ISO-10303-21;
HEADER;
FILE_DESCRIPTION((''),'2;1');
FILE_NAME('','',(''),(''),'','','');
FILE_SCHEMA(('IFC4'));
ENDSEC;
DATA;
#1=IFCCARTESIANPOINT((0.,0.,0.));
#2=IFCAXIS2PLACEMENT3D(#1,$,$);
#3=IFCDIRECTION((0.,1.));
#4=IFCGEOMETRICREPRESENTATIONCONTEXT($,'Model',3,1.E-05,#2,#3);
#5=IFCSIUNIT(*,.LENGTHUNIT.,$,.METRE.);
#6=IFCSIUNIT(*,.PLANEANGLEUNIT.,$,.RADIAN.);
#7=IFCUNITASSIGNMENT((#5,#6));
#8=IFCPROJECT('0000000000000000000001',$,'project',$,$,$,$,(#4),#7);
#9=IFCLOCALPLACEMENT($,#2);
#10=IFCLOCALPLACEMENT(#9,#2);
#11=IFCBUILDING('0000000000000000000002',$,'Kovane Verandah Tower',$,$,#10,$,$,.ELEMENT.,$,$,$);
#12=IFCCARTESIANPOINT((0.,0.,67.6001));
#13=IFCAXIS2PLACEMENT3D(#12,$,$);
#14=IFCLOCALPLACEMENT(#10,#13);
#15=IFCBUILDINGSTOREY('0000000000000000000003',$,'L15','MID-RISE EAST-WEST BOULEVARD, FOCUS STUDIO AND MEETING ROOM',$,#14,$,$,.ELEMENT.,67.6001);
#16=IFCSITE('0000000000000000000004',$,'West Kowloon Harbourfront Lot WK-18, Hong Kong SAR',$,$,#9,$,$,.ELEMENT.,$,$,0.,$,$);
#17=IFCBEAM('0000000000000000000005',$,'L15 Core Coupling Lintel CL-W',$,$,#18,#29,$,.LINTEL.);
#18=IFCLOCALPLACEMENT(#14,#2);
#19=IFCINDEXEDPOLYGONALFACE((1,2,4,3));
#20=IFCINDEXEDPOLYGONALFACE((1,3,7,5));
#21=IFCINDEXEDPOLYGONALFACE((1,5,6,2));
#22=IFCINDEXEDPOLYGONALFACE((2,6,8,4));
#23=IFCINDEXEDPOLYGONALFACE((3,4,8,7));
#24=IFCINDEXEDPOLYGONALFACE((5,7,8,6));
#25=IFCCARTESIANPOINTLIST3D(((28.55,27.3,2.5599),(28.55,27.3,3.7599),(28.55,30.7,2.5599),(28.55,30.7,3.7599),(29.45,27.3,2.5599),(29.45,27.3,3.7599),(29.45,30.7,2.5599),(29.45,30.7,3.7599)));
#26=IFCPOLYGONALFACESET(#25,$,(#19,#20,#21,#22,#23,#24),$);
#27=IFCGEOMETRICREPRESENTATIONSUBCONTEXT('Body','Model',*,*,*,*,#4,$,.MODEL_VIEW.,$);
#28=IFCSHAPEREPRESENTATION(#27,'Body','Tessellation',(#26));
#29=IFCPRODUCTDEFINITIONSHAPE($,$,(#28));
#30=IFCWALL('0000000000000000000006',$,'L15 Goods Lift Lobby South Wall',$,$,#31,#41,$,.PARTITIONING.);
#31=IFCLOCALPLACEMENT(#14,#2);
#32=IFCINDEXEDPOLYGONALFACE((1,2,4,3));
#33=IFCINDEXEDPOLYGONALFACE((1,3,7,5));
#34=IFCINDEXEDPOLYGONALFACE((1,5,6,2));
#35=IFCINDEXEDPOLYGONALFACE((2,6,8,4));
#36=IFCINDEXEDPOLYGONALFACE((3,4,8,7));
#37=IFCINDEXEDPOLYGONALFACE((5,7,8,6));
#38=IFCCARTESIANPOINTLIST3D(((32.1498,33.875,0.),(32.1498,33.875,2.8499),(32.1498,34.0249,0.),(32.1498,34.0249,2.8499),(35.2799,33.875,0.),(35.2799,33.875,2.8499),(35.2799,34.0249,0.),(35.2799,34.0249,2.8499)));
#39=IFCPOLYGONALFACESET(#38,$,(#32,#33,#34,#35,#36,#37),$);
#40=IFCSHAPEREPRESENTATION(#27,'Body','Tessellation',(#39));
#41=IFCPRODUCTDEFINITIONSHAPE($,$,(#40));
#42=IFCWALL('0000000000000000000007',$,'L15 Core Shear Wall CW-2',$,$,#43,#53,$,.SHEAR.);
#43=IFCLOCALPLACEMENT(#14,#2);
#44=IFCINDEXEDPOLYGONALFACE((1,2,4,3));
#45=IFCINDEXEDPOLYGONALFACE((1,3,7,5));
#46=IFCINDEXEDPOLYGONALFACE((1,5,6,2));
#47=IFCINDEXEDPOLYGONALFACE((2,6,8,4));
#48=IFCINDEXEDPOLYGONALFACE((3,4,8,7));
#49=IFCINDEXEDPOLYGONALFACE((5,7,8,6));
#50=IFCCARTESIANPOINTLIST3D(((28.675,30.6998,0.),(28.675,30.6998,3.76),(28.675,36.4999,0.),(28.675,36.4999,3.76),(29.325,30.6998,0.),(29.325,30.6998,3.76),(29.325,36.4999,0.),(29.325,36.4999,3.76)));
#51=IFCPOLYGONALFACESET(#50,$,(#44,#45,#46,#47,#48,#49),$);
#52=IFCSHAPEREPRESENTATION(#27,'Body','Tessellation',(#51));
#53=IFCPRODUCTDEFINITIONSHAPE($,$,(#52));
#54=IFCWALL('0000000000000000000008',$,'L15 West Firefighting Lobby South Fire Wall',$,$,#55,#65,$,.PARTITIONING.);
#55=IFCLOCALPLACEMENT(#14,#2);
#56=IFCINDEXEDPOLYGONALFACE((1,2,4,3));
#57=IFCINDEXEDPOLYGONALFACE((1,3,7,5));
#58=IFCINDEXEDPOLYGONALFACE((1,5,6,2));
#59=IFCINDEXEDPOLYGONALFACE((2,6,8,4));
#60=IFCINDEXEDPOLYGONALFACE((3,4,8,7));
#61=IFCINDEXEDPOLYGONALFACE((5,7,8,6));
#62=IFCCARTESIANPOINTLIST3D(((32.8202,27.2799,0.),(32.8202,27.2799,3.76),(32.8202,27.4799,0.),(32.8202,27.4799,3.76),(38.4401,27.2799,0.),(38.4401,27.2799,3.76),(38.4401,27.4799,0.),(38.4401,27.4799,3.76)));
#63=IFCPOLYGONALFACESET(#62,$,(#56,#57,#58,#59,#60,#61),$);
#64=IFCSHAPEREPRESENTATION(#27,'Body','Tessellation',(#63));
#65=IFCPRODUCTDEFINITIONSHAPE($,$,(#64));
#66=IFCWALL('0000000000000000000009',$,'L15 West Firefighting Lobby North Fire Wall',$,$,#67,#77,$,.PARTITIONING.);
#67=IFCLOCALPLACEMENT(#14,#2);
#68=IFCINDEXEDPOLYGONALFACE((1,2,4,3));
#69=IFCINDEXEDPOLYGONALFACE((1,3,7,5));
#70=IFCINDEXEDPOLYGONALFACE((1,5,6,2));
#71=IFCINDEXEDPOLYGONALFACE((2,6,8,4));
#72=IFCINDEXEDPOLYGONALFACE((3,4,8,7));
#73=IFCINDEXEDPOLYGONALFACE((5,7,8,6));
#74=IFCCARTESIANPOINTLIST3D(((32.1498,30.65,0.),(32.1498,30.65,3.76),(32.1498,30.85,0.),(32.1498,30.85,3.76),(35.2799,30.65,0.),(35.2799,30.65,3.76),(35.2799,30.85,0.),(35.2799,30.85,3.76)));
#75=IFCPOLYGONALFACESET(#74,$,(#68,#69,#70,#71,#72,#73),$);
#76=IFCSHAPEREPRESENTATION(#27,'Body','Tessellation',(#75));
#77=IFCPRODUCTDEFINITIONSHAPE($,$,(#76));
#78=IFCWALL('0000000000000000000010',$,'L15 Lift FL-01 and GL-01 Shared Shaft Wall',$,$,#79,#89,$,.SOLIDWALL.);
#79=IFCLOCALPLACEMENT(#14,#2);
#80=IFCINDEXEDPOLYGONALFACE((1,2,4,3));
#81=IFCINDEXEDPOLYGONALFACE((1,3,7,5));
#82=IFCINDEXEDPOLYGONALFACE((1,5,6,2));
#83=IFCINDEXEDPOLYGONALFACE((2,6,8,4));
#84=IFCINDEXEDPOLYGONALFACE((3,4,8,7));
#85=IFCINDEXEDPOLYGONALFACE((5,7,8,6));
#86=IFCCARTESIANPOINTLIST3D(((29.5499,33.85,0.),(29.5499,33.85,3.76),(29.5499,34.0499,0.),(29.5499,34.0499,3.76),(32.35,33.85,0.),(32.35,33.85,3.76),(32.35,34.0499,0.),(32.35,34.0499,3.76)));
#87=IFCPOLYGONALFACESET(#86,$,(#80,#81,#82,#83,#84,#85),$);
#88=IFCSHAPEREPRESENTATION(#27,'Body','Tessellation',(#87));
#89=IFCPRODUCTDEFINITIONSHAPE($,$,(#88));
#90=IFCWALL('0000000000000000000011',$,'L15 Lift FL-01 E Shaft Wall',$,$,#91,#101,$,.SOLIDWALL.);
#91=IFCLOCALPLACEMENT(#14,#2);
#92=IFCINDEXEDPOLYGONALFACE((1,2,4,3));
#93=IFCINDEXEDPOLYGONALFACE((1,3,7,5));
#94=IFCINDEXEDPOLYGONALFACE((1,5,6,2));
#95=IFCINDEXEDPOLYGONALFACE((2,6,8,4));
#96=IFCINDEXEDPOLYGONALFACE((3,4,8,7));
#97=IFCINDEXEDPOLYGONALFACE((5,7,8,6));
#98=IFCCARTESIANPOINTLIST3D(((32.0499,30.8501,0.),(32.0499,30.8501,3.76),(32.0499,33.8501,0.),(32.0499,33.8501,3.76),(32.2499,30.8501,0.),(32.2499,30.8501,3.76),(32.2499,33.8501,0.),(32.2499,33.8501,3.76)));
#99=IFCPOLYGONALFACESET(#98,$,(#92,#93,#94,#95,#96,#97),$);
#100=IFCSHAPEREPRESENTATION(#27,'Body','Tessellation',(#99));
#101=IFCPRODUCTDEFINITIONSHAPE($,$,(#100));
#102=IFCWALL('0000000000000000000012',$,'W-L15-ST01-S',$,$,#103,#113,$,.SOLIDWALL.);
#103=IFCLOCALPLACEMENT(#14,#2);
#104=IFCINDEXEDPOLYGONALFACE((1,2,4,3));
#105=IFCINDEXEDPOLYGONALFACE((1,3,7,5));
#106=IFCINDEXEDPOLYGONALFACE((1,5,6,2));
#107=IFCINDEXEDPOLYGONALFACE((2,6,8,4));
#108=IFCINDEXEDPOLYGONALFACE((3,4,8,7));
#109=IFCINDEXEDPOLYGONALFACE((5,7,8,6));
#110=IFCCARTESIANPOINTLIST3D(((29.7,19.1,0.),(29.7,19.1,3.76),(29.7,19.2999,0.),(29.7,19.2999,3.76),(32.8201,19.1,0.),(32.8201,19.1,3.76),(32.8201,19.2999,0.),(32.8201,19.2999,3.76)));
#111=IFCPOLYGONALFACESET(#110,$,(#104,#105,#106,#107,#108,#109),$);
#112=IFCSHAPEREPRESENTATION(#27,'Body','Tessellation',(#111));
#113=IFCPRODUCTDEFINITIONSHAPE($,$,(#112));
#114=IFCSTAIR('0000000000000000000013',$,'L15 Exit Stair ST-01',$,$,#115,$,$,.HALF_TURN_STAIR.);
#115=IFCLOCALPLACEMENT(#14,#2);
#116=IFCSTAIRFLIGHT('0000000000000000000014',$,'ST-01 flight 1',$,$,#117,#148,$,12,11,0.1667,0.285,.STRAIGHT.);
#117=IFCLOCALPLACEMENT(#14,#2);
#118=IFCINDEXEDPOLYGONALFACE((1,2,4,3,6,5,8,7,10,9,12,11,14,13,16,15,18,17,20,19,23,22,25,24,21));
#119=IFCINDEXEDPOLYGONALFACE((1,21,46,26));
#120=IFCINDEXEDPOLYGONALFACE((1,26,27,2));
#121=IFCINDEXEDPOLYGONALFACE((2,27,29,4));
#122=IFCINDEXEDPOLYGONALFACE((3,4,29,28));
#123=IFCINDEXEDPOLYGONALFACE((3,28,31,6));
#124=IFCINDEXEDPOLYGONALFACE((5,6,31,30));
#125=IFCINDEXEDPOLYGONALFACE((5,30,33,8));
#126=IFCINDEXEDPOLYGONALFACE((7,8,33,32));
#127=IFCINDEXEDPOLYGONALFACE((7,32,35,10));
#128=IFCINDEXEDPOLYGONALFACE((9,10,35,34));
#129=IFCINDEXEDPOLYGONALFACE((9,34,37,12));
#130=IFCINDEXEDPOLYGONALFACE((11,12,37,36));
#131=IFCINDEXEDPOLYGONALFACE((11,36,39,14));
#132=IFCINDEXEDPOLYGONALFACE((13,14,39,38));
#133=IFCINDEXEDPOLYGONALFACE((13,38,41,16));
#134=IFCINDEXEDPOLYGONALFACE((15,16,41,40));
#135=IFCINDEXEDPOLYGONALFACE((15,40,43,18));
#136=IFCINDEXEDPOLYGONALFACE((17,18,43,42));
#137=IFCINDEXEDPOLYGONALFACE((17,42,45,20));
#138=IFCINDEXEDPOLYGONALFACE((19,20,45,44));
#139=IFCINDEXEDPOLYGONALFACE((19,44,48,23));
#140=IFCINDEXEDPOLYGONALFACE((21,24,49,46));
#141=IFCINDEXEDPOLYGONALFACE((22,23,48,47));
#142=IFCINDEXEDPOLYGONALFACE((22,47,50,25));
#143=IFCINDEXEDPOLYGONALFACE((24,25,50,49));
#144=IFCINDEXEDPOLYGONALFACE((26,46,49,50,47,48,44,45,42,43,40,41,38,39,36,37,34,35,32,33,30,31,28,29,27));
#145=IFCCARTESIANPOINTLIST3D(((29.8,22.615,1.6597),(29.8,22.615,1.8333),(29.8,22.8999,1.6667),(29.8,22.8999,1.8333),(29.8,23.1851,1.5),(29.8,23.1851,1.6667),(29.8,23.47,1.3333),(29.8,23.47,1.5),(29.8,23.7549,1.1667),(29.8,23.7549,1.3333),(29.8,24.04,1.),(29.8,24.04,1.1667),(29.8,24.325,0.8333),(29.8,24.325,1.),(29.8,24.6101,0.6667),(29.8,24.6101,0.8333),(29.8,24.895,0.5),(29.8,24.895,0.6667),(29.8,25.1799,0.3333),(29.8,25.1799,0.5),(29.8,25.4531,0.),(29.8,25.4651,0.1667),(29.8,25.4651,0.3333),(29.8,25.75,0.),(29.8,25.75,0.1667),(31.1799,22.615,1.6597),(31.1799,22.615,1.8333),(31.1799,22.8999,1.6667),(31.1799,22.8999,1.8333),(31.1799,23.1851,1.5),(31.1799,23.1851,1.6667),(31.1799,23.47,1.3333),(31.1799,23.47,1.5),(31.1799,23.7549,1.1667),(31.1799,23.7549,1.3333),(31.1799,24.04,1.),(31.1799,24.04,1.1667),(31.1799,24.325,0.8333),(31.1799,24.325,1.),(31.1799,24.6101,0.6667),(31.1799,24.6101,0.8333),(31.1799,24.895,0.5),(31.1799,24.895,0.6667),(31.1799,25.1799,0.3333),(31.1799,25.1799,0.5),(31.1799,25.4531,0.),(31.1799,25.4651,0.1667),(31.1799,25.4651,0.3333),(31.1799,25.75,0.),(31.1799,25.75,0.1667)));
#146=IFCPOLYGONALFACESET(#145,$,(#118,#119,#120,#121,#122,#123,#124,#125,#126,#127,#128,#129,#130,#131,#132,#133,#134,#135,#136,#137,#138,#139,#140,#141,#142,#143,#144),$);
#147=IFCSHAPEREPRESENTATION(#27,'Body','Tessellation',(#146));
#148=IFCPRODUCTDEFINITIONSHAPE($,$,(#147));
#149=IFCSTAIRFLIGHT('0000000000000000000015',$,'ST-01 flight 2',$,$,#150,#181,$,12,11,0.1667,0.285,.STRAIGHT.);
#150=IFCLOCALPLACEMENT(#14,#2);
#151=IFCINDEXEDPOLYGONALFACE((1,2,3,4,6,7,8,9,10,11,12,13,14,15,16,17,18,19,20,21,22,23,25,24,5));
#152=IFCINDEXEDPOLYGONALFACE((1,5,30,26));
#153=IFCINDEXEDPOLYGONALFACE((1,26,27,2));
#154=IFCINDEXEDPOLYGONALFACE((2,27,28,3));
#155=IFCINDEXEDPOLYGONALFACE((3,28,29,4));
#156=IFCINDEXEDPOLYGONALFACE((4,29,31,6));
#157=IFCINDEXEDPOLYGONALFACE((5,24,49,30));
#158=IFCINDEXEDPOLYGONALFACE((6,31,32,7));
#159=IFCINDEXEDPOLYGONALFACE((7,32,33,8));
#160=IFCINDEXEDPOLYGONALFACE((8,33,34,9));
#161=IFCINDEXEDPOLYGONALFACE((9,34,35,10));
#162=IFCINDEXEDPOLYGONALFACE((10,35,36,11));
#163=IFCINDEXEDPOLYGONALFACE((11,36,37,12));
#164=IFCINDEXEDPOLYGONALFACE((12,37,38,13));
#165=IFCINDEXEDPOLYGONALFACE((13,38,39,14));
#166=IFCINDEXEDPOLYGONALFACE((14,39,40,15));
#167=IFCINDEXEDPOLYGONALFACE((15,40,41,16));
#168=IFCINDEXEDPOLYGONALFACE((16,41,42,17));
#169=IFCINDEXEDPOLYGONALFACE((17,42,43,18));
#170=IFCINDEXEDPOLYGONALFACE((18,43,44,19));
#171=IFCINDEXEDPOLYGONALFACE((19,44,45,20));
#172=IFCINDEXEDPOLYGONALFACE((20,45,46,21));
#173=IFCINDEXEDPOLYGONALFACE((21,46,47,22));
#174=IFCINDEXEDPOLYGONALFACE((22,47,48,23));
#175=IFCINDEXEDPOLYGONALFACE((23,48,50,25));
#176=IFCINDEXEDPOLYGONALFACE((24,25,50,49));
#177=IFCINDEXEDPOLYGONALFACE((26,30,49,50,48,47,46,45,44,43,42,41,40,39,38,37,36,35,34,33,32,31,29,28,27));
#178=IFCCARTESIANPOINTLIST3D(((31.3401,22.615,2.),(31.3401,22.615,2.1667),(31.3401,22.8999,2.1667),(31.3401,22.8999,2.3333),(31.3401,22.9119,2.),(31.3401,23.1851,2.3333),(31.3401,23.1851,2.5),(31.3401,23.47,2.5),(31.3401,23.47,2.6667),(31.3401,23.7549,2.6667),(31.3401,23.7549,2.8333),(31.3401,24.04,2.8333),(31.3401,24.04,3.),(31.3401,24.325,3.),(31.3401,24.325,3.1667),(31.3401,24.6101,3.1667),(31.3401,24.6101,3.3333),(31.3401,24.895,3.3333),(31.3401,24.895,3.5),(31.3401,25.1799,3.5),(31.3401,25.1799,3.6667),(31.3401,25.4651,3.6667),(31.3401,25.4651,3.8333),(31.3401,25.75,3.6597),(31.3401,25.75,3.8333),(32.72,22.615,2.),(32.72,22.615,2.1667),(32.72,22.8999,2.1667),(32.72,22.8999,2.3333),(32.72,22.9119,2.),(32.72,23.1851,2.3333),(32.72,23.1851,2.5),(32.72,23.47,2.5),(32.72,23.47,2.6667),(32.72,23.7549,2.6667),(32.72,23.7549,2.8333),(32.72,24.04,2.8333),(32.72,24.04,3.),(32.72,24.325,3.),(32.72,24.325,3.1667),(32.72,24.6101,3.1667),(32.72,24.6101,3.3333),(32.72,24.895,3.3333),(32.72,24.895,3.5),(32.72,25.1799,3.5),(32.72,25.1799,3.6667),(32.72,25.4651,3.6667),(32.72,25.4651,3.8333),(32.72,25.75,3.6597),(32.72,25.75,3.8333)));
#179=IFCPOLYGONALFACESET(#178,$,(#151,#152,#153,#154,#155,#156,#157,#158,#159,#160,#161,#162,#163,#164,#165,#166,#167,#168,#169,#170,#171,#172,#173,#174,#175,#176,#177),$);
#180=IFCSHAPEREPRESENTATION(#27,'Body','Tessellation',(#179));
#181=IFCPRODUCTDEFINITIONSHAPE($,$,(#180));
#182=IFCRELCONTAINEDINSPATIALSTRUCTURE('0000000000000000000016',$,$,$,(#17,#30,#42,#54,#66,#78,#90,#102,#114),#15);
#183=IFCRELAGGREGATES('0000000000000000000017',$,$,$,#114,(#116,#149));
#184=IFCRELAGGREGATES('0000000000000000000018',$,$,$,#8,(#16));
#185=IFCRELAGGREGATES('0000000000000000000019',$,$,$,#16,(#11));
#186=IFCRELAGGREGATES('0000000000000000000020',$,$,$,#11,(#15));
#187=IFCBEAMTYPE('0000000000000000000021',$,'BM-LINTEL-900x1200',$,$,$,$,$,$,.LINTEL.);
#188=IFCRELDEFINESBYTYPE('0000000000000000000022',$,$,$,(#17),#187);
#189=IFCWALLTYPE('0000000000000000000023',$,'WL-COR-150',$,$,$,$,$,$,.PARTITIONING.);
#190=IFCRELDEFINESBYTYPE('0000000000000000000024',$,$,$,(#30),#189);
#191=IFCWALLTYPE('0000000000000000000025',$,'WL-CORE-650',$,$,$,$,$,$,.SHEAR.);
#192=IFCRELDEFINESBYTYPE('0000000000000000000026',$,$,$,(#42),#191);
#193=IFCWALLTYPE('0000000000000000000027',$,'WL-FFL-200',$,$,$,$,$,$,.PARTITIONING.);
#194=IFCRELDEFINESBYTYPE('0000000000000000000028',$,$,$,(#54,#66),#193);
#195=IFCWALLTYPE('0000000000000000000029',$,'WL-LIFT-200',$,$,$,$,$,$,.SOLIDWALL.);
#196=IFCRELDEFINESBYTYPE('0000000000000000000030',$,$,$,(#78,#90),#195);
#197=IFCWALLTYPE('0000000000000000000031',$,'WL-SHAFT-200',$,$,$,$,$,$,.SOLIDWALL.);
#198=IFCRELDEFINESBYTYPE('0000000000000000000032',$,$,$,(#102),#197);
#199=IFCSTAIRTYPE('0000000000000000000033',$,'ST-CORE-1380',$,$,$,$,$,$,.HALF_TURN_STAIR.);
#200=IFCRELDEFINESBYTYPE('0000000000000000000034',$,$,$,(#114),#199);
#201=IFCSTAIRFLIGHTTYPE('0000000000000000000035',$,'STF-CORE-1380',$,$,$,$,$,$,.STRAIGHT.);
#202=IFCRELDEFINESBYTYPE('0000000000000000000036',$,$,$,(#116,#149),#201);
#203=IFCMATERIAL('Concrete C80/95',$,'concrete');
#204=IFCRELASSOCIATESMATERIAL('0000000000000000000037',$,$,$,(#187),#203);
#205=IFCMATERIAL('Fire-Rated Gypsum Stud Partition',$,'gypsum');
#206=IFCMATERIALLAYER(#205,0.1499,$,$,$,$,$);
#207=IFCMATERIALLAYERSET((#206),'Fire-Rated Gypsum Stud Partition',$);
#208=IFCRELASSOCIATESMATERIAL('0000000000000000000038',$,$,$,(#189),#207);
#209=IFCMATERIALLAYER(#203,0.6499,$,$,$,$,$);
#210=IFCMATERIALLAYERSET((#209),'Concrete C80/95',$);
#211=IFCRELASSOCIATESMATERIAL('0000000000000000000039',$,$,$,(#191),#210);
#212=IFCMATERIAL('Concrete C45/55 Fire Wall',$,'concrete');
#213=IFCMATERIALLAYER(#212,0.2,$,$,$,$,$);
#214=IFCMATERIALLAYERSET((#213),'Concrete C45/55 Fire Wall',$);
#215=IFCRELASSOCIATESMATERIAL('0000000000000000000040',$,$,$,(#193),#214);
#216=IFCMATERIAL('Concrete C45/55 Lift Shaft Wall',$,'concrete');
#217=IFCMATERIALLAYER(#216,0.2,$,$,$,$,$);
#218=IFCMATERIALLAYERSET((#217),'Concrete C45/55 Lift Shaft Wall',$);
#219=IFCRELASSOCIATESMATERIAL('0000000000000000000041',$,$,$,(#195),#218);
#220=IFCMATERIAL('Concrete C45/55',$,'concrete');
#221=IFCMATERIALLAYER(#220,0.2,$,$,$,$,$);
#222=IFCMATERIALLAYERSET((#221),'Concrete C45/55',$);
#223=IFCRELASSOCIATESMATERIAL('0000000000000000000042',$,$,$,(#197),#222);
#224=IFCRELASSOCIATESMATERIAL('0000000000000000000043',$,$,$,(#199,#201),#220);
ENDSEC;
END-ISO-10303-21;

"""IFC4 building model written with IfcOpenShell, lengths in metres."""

from ifc_helpers import new_model, si_unit, direction, frame, frame_2d, origin, origin_2d, place, context, subcontext, project, spatial, polyline, rectangle, outline, extrude, material, layer, layer_set, material_profile, profile_set, type_object, element, aggregate, save


model = new_model("IFC4")

# Units and contexts
model_context = context("Model", 3, precision=1e-05, world=origin(), true_north=direction((0.0, 1.0)))
body_context = subcontext(model_context, "Body", "Model", "MODEL_VIEW")
ifc_project = project(units=[si_unit("LENGTHUNIT", "METRE"), si_unit("PLANEANGLEUNIT", "RADIAN")], contexts=[model_context])

# Site, building, storey
site_placement = place(None, origin())
site = spatial("IfcSite", under=ifc_project, at=site_placement, Name="West Kowloon Harbourfront Lot WK-18, Hong Kong SAR", CompositionType="ELEMENT", RefElevation=0.0)
building_placement = place(site_placement, origin())
building = spatial("IfcBuilding", under=site, at=building_placement, Name="Kovane Verandah Tower", CompositionType="ELEMENT")
storey_placement = place(building_placement, frame((0.0, 0.0, 67.6001)))
storey = spatial("IfcBuildingStorey", under=building, at=storey_placement, Name="L15", Description="MID-RISE EAST-WEST BOULEVARD, FOCUS STUDIO AND MEETING ROOM", CompositionType="ELEMENT", Elevation=67.6001)

# Beam
ifc_material_1 = material(Name="Concrete C80/95", Category="concrete")
ifc_material_profile = material_profile(ifc_material_1, rectangle(XDim=0.8999, YDim=1.2, at=origin_2d()), Name="RCB900x1200")
ifc_profile_set = profile_set([ifc_material_profile], Name="Concrete C80/95")
beam_type = type_object("IfcBeamType", Name="BM-LINTEL-900x1200", PredefinedType="LINTEL", material=ifc_profile_set)
beam_placement = place(storey_placement, frame((29.0, 27.3, 3.1599), z_axis=(0.0, 1.0, 0.0), x_axis=(-1.0, 0.0, 0.0)))
element("IfcBeam", 1, at=beam_placement, inside=storey, type_object=beam_type, Name="L15 Core Coupling Lintel CL-W", PredefinedType="LINTEL", context=body_context, shape_type="SweptSolid", body=[
    extrude(rectangle(XDim=0.8999, YDim=1.2, at=origin_2d()), origin(), (0.0, 0.0, 1.0), 3.3999),
])

# Walls
ifc_material_2 = material(Name="Fire-Rated Gypsum Stud Partition", Category="gypsum")
ifc_layer_1 = layer(ifc_material_2, 0.1499)
ifc_layer_set_1 = layer_set([ifc_layer_1], Name="Fire-Rated Gypsum Stud Partition")
wall_type_1 = type_object("IfcWallType", Name="WL-COR-150", PredefinedType="PARTITIONING", material=ifc_layer_set_1)
wall_1_placement = place(storey_placement, frame((32.1499, 33.95, 0.0), z_axis=(0.0, 0.0, 1.0), x_axis=(1.0, 0.0, 0.0)))
element("IfcWall", 2, at=wall_1_placement, inside=storey, type_object=wall_type_1, Name="L15 Goods Lift Lobby South Wall", PredefinedType="PARTITIONING", context=body_context, shape_type="SweptSolid", body=[
    extrude(rectangle(XDim=3.1301, YDim=0.1499, at=frame_2d((1.5649, 0.0))), origin(), (0.0, 0.0, 1.0), 2.8499),
])
ifc_layer_2 = layer(ifc_material_1, 0.6499)
ifc_layer_set_2 = layer_set([ifc_layer_2], Name="Concrete C80/95")
wall_type_2 = type_object("IfcWallType", Name="WL-CORE-650", PredefinedType="SHEAR", material=ifc_layer_set_2)
wall_2_placement = place(storey_placement, frame((29.0, 30.7, 0.0), z_axis=(0.0, 0.0, 1.0), x_axis=(0.0, 1.0, 0.0)))
element("IfcWall", 3, at=wall_2_placement, inside=storey, type_object=wall_type_2, Name="L15 Core Shear Wall CW-2", PredefinedType="SHEAR", context=body_context, shape_type="SweptSolid", body=[
    extrude(rectangle(XDim=5.8, YDim=0.6499, at=frame_2d((2.8999, 0.0))), origin(), (0.0, 0.0, 1.0), 3.76),
])

# Shared definitions
ifc_material_3 = material(Name="Concrete C45/55 Fire Wall", Category="concrete")
ifc_layer_3 = layer(ifc_material_3, 0.2)
ifc_layer_set_3 = layer_set([ifc_layer_3], Name="Concrete C45/55 Fire Wall")
wall_type_3 = type_object("IfcWallType", Name="WL-FFL-200", PredefinedType="PARTITIONING", material=ifc_layer_set_3)

# Walls
wall_3_placement = place(storey_placement, frame((32.8201, 27.3799, 0.0), z_axis=(0.0, 0.0, 1.0), x_axis=(1.0, 0.0, 0.0)))
element("IfcWall", 4, at=wall_3_placement, inside=storey, type_object=wall_type_3, Name="L15 West Firefighting Lobby South Fire Wall", PredefinedType="PARTITIONING", context=body_context, shape_type="SweptSolid", body=[
    extrude(rectangle(XDim=5.6199, YDim=0.2, at=frame_2d((2.8101, 0.0))), origin(), (0.0, 0.0, 1.0), 3.76),
])
wall_4_placement = place(storey_placement, frame((32.1499, 30.75, 0.0), z_axis=(0.0, 0.0, 1.0), x_axis=(1.0, 0.0, 0.0)))
element("IfcWall", 5, at=wall_4_placement, inside=storey, type_object=wall_type_3, Name="L15 West Firefighting Lobby North Fire Wall", PredefinedType="PARTITIONING", context=body_context, shape_type="SweptSolid", body=[
    extrude(rectangle(XDim=3.1301, YDim=0.2, at=frame_2d((1.5649, 0.0))), origin(), (0.0, 0.0, 1.0), 3.76),
])

# Shared definitions
ifc_material_4 = material(Name="Concrete C45/55 Lift Shaft Wall", Category="concrete")
ifc_layer_4 = layer(ifc_material_4, 0.2)
ifc_layer_set_4 = layer_set([ifc_layer_4], Name="Concrete C45/55 Lift Shaft Wall")
wall_type_4 = type_object("IfcWallType", Name="WL-LIFT-200", PredefinedType="SOLIDWALL", material=ifc_layer_set_4)

# Walls
wall_5_placement = place(storey_placement, frame((29.55, 33.95, 0.0), z_axis=(0.0, 0.0, 1.0), x_axis=(1.0, 0.0, 0.0)))
element("IfcWall", 6, at=wall_5_placement, inside=storey, type_object=wall_type_4, Name="L15 Lift FL-01 and GL-01 Shared Shaft Wall", PredefinedType="SOLIDWALL", context=body_context, shape_type="SweptSolid", body=[
    extrude(rectangle(XDim=2.8, YDim=0.2, at=frame_2d((1.3999, 0.0))), origin(), (0.0, 0.0, 1.0), 3.76),
])
wall_6_placement = place(storey_placement, frame((32.1499, 30.8501, 0.0), z_axis=(0.0, 0.0, 1.0), x_axis=(0.0, 1.0, 0.0)))
element("IfcWall", 7, at=wall_6_placement, inside=storey, type_object=wall_type_4, Name="L15 Lift FL-01 E Shaft Wall", PredefinedType="SOLIDWALL", context=body_context, shape_type="SweptSolid", body=[
    extrude(rectangle(XDim=3.0, YDim=0.2, at=frame_2d((1.5, 0.0))), origin(), (0.0, 0.0, 1.0), 3.76),
])

# Wall
ifc_material_5 = material(Name="Concrete C45/55", Category="concrete")
ifc_layer_5 = layer(ifc_material_5, 0.2)
ifc_layer_set_5 = layer_set([ifc_layer_5], Name="Concrete C45/55")
wall_type_5 = type_object("IfcWallType", Name="WL-SHAFT-200", PredefinedType="SOLIDWALL", material=ifc_layer_set_5)
wall_7_placement = place(storey_placement, frame((29.7, 19.2, 0.0), z_axis=(0.0, 0.0, 1.0), x_axis=(1.0, 0.0, 0.0)))
element("IfcWall", 8, at=wall_7_placement, inside=storey, type_object=wall_type_5, Name="W-L15-ST01-S", PredefinedType="SOLIDWALL", context=body_context, shape_type="SweptSolid", body=[
    extrude(rectangle(XDim=3.1201, YDim=0.2, at=frame_2d((1.5601, 0.0))), origin(), (0.0, 0.0, 1.0), 3.76),
])

# Stair, stair flights
stair_type = type_object("IfcStairType", Name="ST-CORE-1380", PredefinedType="HALF_TURN_STAIR", material=ifc_material_5)
stair_placement = place(storey_placement, origin())
stair = element("IfcStair", 9, at=stair_placement, inside=storey, type_object=stair_type, Name="L15 Exit Stair ST-01", PredefinedType="HALF_TURN_STAIR")
stair_flight_type = type_object("IfcStairFlightType", Name="STF-CORE-1380", PredefinedType="STRAIGHT", material=ifc_material_5)
stair_flight_1_placement = place(storey_placement, frame((30.49, 25.75, 0.0), z_axis=(0.0, 0.0, 1.0), x_axis=(0.0, -1.0, 0.0)))
stair_flight_1 = element("IfcStairFlight", 10, at=stair_flight_1_placement, type_object=stair_flight_type, Name="ST-01 flight 1", NumberOfRisers=12, NumberOfTreads=11, PredefinedType="STRAIGHT", RiserHeight=0.1667, TreadLength=0.285, context=body_context, shape_type="SweptSolid", body=[
    extrude(outline(polyline([(0.0, 0.0), (0.0, 0.1667), (0.2849, 0.1667), (0.2849, 0.3333), (0.5701, 0.3333), (0.5701, 0.5), (0.855, 0.5), (0.855, 0.6667), (1.1399, 0.6667), (1.1399, 0.8333), (1.425, 0.8333), (1.425, 1.0), (1.71, 1.0), (1.71, 1.1667), (1.9951, 1.1667), (1.9951, 1.3333), (2.28, 1.3333), (2.28, 1.5), (2.5649, 1.5), (2.5649, 1.6667), (2.8501, 1.6667), (2.8501, 1.8333), (3.135, 1.8333), (3.135, 2.0), (3.135, 1.6597), (0.2969, 0.0), (0.0, 0.0)])), frame((0.0, 0.6899, 0.0), z_axis=(0.0, -1.0, 0.0), x_axis=(1.0, 0.0, 0.0)), (0.0, 0.0, 1.0), 1.3799),
])
stair_flight_2_placement = place(storey_placement, frame((32.03, 22.615, 2.0), z_axis=(0.0, 0.0, 1.0), x_axis=(0.0, 1.0, 0.0)))
stair_flight_2 = element("IfcStairFlight", 11, at=stair_flight_2_placement, type_object=stair_flight_type, Name="ST-01 flight 2", NumberOfRisers=12, NumberOfTreads=11, PredefinedType="STRAIGHT", RiserHeight=0.1667, TreadLength=0.285, context=body_context, shape_type="SweptSolid", body=[
    extrude(outline(polyline([(0.0, 0.0), (0.0, 0.1667), (0.2849, 0.1667), (0.2849, 0.3333), (0.5701, 0.3333), (0.5701, 0.5), (0.855, 0.5), (0.855, 0.6667), (1.1399, 0.6667), (1.1399, 0.8333), (1.425, 0.8333), (1.425, 1.0), (1.71, 1.0), (1.71, 1.1667), (1.9951, 1.1667), (1.9951, 1.3333), (2.28, 1.3333), (2.28, 1.5), (2.5649, 1.5), (2.5649, 1.6667), (2.8501, 1.6667), (2.8501, 1.8333), (3.135, 1.8333), (3.135, 2.0), (3.135, 1.6597), (0.2969, 0.0), (0.0, 0.0)])), frame((0.0, 0.6899, 0.0), z_axis=(0.0, -1.0, 0.0), x_axis=(1.0, 0.0, 0.0)), (0.0, 0.0, 1.0), 1.3799),
])
aggregate(stair, [stair_flight_1, stair_flight_2])

save(model, "model.ifc")
